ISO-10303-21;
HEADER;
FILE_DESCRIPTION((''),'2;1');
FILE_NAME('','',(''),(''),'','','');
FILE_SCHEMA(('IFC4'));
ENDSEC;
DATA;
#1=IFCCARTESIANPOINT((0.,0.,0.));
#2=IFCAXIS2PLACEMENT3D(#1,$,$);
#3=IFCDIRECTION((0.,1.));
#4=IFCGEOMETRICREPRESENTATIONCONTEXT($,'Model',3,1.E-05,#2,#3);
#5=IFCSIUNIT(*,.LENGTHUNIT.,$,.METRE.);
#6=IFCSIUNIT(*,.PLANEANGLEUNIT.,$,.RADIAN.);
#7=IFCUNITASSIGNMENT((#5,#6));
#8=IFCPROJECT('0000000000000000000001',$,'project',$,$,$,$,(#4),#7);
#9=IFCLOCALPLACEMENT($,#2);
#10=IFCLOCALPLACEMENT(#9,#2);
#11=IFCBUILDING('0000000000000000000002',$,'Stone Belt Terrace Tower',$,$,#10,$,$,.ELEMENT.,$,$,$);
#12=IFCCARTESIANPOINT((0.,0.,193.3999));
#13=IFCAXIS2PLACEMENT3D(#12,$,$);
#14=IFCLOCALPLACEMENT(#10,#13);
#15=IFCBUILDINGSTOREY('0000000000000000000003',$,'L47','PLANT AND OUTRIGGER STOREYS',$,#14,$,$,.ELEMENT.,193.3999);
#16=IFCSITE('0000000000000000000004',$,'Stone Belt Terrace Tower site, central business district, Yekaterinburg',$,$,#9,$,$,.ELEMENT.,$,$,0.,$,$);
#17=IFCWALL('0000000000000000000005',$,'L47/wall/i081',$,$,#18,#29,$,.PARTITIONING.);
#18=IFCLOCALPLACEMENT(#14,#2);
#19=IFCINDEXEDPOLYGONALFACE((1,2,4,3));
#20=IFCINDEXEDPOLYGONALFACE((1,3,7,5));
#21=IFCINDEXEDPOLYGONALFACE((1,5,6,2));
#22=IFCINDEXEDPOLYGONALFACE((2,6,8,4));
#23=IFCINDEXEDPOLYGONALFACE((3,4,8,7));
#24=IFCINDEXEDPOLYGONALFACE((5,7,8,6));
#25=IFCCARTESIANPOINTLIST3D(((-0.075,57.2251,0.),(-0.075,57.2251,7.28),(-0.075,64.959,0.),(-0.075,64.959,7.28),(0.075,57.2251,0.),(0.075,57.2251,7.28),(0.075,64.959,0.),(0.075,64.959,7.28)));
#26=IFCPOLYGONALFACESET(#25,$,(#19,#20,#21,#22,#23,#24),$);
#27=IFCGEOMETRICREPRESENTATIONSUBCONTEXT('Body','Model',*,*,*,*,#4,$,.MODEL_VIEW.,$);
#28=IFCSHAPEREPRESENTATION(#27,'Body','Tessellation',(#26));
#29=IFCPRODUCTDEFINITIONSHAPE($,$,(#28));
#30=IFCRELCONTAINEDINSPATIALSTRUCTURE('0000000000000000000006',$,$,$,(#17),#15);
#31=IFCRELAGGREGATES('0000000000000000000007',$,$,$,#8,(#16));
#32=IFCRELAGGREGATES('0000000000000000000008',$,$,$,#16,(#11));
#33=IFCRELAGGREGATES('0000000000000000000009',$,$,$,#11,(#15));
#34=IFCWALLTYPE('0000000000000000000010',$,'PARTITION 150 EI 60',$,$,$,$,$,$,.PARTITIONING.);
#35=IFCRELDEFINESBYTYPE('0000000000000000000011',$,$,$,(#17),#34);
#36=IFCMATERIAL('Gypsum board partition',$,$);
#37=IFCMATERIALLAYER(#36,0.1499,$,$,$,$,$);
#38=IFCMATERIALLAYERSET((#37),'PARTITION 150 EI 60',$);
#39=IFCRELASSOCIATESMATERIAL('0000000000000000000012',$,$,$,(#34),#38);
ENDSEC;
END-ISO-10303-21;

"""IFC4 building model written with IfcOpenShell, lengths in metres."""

from ifc_helpers import new_model, si_unit, direction, frame, frame_2d, origin, place, context, subcontext, project, spatial, rectangle, extrude, material, layer, layer_set, type_object, element, save


model = new_model("IFC4")

# Units and contexts
model_context = context("Model", 3, precision=1e-05, world=origin(), true_north=direction((0.0, 1.0)))
body_context = subcontext(model_context, "Body", "Model", "MODEL_VIEW")
ifc_project = project(units=[si_unit("LENGTHUNIT", "METRE"), si_unit("PLANEANGLEUNIT", "RADIAN")], contexts=[model_context])

# Site, building, storey
site_placement = place(None, origin())
site = spatial("IfcSite", under=ifc_project, at=site_placement, Name="Stone Belt Terrace Tower site, central business district, Yekaterinburg", CompositionType="ELEMENT", RefElevation=0.0)
building_placement = place(site_placement, origin())
building = spatial("IfcBuilding", under=site, at=building_placement, Name="Stone Belt Terrace Tower", CompositionType="ELEMENT")
storey_placement = place(building_placement, frame((0.0, 0.0, 193.3999)))
storey = spatial("IfcBuildingStorey", under=building, at=storey_placement, Name="L47", Description="PLANT AND OUTRIGGER STOREYS", CompositionType="ELEMENT", Elevation=193.3999)

# Shared definitions
ifc_material_1 = material(Name="Gypsum board partition")
ifc_layer_1 = layer(ifc_material_1, 0.1499)
ifc_layer_set_1 = layer_set([ifc_layer_1], Name="PARTITION 150 EI 60")
wall_type_1 = type_object("IfcWallType", Name="PARTITION 150 EI 60", PredefinedType="PARTITIONING", material=ifc_layer_set_1)

# Wall
wall_1_placement = place(storey_placement, frame((0.0, 64.959, 0.0), z_axis=(0.0, 0.0, 1.0), x_axis=(0.0, -1.0, 0.0)))
element("IfcWall", 1, at=wall_1_placement, inside=storey, type_object=wall_type_1, Name="L47/wall/i081", PredefinedType="PARTITIONING", context=body_context, shape_type="SweptSolid", body=[
    extrude(rectangle(XDim=7.7339, YDim=0.1499, at=frame_2d((3.8669, 0.0))), origin(), (0.0, 0.0, 1.0), 7.28),
])

save(model, "model.ifc")
